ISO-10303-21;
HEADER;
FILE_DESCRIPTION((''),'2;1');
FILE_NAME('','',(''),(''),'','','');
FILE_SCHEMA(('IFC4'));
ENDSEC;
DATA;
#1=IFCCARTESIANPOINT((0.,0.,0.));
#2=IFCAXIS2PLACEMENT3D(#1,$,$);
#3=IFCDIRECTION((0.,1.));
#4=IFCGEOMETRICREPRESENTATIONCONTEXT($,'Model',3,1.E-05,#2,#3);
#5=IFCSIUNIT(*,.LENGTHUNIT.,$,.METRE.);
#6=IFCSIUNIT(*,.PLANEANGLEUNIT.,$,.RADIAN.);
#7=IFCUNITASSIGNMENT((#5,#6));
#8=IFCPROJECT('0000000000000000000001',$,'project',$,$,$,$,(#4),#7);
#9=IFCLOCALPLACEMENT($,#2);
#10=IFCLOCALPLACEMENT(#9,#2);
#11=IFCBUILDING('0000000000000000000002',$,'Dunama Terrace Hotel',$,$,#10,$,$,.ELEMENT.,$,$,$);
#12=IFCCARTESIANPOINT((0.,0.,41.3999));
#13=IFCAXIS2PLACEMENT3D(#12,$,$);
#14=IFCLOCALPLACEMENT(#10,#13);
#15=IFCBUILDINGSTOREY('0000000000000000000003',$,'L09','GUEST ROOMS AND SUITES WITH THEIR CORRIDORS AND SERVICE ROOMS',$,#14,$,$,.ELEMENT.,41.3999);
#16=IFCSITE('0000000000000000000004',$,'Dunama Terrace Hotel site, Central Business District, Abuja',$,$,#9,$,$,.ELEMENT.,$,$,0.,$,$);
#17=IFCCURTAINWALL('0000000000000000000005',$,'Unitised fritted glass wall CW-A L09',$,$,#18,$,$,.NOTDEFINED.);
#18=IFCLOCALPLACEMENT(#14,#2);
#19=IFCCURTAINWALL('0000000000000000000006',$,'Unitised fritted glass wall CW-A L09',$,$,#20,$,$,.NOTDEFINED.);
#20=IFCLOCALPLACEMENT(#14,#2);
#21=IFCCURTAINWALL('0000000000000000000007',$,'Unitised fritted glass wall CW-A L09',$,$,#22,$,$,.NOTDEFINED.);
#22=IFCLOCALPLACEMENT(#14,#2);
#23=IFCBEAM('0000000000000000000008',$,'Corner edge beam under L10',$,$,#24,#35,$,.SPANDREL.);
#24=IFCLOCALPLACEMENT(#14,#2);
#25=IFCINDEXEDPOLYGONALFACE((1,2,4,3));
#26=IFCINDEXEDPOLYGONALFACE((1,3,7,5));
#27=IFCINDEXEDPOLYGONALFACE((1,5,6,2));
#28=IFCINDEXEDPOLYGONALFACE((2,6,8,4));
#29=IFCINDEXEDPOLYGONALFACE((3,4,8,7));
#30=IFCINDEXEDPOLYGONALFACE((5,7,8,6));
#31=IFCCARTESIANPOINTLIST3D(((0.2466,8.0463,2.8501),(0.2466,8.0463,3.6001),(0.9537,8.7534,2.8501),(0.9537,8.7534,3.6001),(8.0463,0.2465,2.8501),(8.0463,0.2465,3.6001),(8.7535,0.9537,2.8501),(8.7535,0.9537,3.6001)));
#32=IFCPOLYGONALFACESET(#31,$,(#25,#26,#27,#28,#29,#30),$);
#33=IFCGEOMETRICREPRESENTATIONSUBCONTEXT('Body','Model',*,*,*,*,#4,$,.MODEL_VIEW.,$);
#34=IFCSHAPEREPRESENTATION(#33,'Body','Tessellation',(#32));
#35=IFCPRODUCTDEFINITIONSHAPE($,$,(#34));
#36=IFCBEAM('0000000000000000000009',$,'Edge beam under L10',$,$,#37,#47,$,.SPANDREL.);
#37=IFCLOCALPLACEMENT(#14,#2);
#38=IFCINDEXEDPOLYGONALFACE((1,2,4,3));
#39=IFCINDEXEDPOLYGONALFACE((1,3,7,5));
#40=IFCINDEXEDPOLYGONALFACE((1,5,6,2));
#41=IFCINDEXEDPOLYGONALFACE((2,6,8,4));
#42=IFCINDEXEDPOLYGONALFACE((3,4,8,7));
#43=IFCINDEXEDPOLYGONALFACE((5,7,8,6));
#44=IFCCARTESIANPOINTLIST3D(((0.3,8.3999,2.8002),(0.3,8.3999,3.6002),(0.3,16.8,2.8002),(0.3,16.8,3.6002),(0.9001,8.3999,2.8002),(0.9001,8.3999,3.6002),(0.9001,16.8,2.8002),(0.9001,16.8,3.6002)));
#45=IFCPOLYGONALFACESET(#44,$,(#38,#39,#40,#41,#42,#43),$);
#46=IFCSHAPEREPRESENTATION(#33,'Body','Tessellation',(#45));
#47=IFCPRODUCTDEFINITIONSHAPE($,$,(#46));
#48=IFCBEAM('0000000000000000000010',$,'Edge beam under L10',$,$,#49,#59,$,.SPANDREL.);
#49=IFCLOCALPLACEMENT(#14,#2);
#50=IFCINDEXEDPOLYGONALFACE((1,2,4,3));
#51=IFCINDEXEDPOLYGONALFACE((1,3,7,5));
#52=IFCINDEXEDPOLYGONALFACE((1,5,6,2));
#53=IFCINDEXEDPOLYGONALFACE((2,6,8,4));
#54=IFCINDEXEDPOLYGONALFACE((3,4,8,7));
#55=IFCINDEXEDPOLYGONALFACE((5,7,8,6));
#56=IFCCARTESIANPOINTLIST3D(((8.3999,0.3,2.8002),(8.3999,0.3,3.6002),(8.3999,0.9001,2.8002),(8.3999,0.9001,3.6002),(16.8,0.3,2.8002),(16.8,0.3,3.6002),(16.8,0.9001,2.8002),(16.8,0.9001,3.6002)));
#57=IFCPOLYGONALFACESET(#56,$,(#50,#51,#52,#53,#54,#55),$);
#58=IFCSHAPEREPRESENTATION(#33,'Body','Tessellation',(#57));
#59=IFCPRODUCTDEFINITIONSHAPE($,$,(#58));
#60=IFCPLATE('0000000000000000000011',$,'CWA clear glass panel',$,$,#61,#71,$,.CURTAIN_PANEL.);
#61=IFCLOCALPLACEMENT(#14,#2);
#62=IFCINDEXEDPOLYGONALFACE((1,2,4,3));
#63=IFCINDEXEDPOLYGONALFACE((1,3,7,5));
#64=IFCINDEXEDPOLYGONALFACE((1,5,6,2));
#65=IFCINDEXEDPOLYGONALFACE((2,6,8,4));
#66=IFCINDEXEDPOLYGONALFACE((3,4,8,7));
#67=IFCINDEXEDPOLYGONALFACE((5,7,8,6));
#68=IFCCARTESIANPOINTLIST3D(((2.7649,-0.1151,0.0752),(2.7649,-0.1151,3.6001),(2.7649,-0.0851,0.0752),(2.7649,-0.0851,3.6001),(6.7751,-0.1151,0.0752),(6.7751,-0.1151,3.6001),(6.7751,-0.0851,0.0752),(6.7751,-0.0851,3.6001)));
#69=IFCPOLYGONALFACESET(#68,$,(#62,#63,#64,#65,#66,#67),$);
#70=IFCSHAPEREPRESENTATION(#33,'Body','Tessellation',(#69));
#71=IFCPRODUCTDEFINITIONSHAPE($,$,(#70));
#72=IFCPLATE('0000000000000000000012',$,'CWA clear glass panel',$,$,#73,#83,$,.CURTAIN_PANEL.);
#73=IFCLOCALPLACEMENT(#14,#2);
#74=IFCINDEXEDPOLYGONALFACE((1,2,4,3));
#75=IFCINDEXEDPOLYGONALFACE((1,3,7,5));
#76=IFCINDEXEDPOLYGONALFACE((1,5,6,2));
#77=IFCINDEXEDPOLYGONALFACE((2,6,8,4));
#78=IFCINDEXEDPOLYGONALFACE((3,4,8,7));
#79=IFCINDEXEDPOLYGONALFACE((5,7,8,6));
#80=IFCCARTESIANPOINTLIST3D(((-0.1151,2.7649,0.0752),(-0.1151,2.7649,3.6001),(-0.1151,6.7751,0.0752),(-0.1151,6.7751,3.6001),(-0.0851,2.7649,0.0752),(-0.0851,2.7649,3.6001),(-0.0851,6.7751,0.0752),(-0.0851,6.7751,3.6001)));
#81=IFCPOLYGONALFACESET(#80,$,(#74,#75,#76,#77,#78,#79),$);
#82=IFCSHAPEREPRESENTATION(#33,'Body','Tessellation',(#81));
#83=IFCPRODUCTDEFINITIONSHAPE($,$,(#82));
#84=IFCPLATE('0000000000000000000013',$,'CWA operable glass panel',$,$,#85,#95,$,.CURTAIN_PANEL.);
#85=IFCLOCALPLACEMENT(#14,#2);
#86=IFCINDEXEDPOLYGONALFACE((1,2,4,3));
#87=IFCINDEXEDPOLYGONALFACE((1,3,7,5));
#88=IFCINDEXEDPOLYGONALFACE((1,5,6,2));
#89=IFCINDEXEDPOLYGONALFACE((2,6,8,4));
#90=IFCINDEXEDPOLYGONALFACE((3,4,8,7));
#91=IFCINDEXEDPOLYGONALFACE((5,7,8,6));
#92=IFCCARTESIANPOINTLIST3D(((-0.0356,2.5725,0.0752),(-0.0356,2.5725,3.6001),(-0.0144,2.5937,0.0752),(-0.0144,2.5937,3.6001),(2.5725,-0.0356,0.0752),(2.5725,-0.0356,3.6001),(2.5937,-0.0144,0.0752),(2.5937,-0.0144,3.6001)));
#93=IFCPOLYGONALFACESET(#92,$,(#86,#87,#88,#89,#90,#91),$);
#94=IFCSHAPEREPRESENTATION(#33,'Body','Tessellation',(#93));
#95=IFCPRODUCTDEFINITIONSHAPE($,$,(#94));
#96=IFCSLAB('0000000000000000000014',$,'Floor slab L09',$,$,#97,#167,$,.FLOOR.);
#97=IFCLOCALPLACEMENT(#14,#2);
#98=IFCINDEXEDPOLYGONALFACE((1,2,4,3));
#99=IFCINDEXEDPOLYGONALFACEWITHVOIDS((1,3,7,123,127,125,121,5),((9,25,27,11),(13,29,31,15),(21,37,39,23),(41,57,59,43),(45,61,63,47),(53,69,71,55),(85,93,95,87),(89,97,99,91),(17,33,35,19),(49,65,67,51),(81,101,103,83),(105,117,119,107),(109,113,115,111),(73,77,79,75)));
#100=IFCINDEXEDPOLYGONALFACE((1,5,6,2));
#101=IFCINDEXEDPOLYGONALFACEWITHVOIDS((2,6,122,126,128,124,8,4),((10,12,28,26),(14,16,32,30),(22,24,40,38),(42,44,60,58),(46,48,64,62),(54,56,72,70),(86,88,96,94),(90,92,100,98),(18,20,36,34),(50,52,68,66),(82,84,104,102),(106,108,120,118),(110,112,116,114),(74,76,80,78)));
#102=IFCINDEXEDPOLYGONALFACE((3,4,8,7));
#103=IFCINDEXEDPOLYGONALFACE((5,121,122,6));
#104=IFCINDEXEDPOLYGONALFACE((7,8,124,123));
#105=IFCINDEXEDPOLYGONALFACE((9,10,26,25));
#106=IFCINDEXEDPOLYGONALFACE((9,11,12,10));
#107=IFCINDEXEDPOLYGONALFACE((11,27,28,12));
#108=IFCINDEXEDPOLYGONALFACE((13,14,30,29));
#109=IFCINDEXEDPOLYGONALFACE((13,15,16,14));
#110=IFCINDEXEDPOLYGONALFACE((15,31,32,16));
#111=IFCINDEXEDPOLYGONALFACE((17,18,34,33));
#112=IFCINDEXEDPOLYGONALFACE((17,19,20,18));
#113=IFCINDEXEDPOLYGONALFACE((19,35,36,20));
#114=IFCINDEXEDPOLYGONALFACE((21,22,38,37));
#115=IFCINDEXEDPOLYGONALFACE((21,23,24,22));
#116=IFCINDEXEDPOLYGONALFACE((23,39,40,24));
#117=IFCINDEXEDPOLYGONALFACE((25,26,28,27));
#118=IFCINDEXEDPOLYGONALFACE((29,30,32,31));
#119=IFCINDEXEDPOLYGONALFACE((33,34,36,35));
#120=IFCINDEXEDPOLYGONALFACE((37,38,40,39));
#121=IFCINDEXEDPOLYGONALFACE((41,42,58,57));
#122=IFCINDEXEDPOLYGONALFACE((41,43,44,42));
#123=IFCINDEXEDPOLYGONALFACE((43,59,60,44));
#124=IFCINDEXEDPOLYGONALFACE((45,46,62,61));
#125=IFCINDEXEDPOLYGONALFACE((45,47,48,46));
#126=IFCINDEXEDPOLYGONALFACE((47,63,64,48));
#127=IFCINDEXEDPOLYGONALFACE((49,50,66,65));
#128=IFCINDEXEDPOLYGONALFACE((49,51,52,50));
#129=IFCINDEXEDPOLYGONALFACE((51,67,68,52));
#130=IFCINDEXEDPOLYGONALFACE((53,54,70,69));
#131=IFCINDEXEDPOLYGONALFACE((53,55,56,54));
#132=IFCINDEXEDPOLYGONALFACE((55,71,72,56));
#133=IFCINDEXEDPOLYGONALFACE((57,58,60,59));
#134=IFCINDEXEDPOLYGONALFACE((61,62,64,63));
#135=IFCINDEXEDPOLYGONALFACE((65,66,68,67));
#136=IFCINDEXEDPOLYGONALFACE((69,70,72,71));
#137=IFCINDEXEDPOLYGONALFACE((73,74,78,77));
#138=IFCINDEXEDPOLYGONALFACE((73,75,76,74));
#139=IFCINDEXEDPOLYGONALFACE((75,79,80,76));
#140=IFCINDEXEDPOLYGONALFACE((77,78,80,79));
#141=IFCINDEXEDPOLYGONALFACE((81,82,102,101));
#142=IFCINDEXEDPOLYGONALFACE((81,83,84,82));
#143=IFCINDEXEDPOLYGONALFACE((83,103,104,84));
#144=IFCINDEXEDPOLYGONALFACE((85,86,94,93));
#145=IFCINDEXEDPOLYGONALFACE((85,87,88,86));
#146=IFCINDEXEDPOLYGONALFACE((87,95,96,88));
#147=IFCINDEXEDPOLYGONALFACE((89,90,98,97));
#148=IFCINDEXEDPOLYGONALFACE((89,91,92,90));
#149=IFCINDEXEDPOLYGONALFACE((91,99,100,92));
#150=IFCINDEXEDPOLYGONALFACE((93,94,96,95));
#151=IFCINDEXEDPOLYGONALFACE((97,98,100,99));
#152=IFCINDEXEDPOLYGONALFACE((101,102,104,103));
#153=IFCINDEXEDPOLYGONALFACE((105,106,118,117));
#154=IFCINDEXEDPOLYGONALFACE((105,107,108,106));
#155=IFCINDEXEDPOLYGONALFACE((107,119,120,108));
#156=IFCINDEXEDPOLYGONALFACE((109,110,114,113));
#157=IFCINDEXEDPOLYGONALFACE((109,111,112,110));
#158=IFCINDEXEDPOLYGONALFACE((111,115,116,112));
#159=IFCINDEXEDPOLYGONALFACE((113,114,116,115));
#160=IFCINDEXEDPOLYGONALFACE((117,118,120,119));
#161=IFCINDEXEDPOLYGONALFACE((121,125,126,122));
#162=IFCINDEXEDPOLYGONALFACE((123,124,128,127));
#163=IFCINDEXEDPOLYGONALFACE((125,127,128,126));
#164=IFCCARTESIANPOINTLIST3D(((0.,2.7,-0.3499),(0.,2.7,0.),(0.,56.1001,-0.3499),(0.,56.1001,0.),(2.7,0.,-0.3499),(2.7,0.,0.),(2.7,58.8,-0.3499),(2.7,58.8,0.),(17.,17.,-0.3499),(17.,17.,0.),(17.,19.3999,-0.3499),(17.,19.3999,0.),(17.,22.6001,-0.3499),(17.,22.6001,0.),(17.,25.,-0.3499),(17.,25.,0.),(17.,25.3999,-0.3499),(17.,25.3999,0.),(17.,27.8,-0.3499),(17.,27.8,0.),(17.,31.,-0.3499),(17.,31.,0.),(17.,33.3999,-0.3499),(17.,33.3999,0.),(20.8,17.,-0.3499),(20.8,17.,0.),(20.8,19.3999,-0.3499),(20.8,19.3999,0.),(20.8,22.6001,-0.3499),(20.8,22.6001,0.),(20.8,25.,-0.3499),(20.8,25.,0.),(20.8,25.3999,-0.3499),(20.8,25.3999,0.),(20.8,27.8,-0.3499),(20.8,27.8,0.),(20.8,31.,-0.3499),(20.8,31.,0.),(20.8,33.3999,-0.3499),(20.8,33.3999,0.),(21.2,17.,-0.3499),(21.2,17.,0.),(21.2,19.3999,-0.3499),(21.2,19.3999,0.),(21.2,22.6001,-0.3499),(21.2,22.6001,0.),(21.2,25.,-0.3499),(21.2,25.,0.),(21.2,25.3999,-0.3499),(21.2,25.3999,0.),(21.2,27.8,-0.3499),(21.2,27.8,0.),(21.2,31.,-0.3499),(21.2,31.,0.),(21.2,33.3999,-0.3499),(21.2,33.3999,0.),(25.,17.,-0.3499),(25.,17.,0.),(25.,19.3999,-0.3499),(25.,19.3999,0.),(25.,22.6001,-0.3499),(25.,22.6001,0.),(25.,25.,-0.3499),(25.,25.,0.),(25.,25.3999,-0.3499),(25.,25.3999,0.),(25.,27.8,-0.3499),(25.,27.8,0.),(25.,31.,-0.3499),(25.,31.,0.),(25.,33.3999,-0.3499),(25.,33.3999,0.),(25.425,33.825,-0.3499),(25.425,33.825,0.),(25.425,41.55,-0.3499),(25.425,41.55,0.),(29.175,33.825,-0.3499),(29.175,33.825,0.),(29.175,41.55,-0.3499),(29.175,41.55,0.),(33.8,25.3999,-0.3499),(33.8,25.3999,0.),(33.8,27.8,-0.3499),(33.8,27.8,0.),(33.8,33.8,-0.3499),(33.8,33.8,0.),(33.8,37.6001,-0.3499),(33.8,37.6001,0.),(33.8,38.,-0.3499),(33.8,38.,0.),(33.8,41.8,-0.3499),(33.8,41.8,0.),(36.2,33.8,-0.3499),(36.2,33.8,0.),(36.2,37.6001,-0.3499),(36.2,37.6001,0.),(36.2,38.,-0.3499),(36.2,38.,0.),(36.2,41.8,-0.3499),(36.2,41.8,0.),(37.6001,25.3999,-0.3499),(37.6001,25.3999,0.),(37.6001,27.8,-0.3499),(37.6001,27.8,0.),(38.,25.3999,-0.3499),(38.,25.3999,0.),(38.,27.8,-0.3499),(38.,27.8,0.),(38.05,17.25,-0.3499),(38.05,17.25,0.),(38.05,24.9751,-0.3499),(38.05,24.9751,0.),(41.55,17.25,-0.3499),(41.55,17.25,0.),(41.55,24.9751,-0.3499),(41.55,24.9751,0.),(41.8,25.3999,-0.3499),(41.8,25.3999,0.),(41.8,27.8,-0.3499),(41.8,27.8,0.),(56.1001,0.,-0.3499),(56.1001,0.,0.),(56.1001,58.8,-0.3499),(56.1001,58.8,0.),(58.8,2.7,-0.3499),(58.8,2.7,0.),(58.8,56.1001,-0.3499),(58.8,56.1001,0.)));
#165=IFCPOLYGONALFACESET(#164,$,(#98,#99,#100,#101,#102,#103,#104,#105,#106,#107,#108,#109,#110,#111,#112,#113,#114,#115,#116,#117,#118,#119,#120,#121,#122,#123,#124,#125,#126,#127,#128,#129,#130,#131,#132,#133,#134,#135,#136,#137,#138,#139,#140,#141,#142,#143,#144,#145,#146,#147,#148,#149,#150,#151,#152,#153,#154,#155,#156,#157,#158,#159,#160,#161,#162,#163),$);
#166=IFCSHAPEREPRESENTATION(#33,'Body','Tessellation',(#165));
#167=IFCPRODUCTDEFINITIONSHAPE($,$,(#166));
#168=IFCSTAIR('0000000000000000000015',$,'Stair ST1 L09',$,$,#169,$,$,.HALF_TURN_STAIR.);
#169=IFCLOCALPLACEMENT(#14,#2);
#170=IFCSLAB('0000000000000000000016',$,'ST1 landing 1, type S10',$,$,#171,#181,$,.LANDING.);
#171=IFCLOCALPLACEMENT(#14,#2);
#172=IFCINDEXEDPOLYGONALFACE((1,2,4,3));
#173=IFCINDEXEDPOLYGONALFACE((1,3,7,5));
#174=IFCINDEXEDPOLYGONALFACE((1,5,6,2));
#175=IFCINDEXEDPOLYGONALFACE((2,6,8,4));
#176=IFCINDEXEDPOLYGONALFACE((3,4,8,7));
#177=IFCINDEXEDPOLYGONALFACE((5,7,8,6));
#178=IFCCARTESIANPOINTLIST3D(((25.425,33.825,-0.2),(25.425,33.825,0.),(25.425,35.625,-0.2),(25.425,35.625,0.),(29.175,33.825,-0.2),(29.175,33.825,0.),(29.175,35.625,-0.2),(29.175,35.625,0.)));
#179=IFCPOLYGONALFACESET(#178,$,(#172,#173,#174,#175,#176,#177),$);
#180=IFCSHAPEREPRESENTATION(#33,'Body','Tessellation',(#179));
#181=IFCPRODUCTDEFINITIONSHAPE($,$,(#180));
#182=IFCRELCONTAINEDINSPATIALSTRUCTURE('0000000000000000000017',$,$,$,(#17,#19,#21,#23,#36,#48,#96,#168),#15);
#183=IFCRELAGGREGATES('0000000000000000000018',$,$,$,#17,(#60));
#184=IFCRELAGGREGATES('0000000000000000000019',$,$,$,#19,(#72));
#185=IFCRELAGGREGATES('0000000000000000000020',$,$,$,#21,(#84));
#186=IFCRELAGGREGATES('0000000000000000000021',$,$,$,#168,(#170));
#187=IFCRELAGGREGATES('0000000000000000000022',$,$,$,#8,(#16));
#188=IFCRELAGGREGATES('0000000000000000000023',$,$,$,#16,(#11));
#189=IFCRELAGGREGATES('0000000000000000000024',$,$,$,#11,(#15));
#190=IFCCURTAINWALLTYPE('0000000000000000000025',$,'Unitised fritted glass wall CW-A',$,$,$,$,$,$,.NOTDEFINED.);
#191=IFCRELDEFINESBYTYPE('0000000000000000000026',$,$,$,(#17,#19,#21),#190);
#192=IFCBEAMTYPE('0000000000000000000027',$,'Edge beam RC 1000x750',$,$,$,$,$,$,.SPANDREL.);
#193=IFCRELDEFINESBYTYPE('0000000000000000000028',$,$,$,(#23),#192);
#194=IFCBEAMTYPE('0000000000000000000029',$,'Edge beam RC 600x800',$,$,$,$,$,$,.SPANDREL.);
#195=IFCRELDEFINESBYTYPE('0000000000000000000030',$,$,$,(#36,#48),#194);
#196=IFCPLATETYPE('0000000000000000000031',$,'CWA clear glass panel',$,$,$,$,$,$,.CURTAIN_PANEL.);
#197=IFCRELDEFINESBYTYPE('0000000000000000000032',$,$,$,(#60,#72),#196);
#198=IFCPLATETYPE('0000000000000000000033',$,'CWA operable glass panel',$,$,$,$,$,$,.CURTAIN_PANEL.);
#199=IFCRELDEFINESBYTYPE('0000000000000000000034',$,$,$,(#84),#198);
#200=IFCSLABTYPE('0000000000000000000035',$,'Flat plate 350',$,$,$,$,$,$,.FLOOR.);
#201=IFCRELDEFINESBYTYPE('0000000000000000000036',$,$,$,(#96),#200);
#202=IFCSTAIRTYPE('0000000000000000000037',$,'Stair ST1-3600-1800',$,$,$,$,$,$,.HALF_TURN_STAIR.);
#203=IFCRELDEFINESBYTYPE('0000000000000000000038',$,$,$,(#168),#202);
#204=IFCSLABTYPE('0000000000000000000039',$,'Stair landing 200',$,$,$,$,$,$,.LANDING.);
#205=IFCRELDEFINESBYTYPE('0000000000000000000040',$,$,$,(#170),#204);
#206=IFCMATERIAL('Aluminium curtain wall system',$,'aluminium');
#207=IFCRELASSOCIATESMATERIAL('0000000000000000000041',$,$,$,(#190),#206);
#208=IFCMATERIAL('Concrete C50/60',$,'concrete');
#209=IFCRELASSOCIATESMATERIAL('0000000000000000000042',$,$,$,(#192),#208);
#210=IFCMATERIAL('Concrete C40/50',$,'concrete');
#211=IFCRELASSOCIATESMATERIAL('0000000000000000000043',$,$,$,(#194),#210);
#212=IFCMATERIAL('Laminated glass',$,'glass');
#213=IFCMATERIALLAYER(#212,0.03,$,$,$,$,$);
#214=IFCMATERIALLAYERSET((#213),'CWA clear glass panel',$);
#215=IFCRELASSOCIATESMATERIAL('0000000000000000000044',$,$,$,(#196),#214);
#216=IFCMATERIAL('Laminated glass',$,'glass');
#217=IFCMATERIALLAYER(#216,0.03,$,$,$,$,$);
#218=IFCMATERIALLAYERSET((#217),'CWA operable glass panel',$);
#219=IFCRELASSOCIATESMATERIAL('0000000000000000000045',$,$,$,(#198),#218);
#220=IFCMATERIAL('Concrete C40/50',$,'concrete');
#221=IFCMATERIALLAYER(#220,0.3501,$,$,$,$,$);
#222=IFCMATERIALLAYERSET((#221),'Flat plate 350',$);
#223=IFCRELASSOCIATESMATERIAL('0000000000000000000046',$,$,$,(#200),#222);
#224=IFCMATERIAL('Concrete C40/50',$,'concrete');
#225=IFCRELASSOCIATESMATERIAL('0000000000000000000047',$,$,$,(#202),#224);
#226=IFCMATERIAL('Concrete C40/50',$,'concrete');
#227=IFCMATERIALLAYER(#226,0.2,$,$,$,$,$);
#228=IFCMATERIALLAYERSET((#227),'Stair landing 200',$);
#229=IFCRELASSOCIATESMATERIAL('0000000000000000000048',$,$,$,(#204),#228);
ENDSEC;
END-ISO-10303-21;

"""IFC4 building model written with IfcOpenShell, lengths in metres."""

from ifc_helpers import new_model, si_unit, direction, frame, origin, origin_2d, place, context, subcontext, project, spatial, polyline, rectangle, outline, extrude, material, layer, layer_set, material_profile, profile_set, type_object, element, aggregate, save


model = new_model("IFC4")

# Units and contexts
model_context = context("Model", 3, precision=1e-05, world=origin(), true_north=direction((0.0, 1.0)))
body_context = subcontext(model_context, "Body", "Model", "MODEL_VIEW")
ifc_project = project(units=[si_unit("LENGTHUNIT", "METRE"), si_unit("PLANEANGLEUNIT", "RADIAN")], contexts=[model_context])

# Site, building, storey
site_placement = place(None, origin())
site = spatial("IfcSite", under=ifc_project, at=site_placement, Name="Dunama Terrace Hotel site, Central Business District, Abuja", CompositionType="ELEMENT", RefElevation=0.0)
building_placement = place(site_placement, origin())
building = spatial("IfcBuilding", under=site, at=building_placement, Name="Dunama Terrace Hotel", CompositionType="ELEMENT")
storey_placement = place(building_placement, frame((0.0, 0.0, 41.3999)))
storey = spatial("IfcBuildingStorey", under=building, at=storey_placement, Name="L09", Description="GUEST ROOMS AND SUITES WITH THEIR CORRIDORS AND SERVICE ROOMS", CompositionType="ELEMENT", Elevation=41.3999)

# Curtain walls
ifc_material_1 = material(Name="Aluminium curtain wall system", Category="aluminium")
curtain_wall_type = type_object("IfcCurtainWallType", Name="Unitised fritted glass wall CW-A", PredefinedType="NOTDEFINED", material=ifc_material_1)
curtain_wall_1_placement = place(storey_placement, origin())
curtain_wall_1 = element("IfcCurtainWall", 1, at=curtain_wall_1_placement, inside=storey, type_object=curtain_wall_type, Name="Unitised fritted glass wall CW-A L09", PredefinedType="NOTDEFINED")
curtain_wall_2_placement = place(storey_placement, origin())
curtain_wall_2 = element("IfcCurtainWall", 2, at=curtain_wall_2_placement, inside=storey, type_object=curtain_wall_type, Name="Unitised fritted glass wall CW-A L09", PredefinedType="NOTDEFINED")
curtain_wall_3_placement = place(storey_placement, origin())
curtain_wall_3 = element("IfcCurtainWall", 3, at=curtain_wall_3_placement, inside=storey, type_object=curtain_wall_type, Name="Unitised fritted glass wall CW-A L09", PredefinedType="NOTDEFINED")

# Beams
ifc_material_2 = material(Name="Concrete C50/60", Category="concrete")
ifc_material_profile_1 = material_profile(ifc_material_2, rectangle(XDim=1.0, YDim=0.75, at=origin_2d()), Name="RC 1000x750")
ifc_profile_set_1 = profile_set([ifc_material_profile_1], Name="Concrete C50/60")
beam_type_1 = type_object("IfcBeamType", Name="Edge beam RC 1000x750", PredefinedType="SPANDREL", material=ifc_profile_set_1)
beam_placement = place(storey_placement, frame((8.3999, 0.6001, 3.2251), z_axis=(-0.707107, 0.707107, 0.0), x_axis=(-0.707107, -0.707107, 0.0)))
element("IfcBeam", 4, at=beam_placement, inside=storey, type_object=beam_type_1, Name="Corner edge beam under L10", PredefinedType="SPANDREL", context=body_context, shape_type="SweptSolid", body=[
    extrude(rectangle(XDim=1.0, YDim=0.75, at=origin_2d()), origin(), (0.0, 0.0, 1.0), 11.0305),
])
ifc_material_3 = material(Name="Concrete C40/50", Category="concrete")
ifc_material_profile_2 = material_profile(ifc_material_3, rectangle(XDim=0.6001, YDim=0.8, at=origin_2d()), Name="RC 600x800")
ifc_profile_set_2 = profile_set([ifc_material_profile_2], Name="Concrete C40/50")
beam_type_2 = type_object("IfcBeamType", Name="Edge beam RC 600x800", PredefinedType="SPANDREL", material=ifc_profile_set_2)
for number, where, z_axis, x_axis, name in (
    (5, (0.6001, 8.3999, 3.2002), (0.0, 1.0, 0.0), (-1.0, 0.0, 0.0), "Edge beam under L10"),
    (6, (8.3999, 0.6001, 3.2002), (1.0, 0.0, 0.0), (0.0, 1.0, 0.0), "Edge beam under L10"),
):
    element("IfcBeam", number, at=place(storey_placement, frame(where, z_axis=z_axis, x_axis=x_axis)), inside=storey, type_object=beam_type_2, Name=name, PredefinedType="SPANDREL", context=body_context, shape_type="SweptSolid", body=[
        extrude(rectangle(XDim=0.6001, YDim=0.8, at=origin_2d()), origin(), (0.0, 0.0, 1.0), 8.4001),
    ])

# Plates
ifc_material_4 = material(Name="Laminated glass", Category="glass")
ifc_layer_1 = layer(ifc_material_4, 0.03)
ifc_layer_set_1 = layer_set([ifc_layer_1], Name="CWA clear glass panel")
plate_type_1 = type_object("IfcPlateType", Name="CWA clear glass panel", PredefinedType="CURTAIN_PANEL", material=ifc_layer_set_1)
plate_1_placement = place(storey_placement, frame((4.77, -0.1001, 0.0752), z_axis=(0.0, 0.0, 1.0), x_axis=(1.0, 0.0, 0.0)))
plate_1 = element("IfcPlate", 7, at=plate_1_placement, type_object=plate_type_1, Name="CWA clear glass panel", PredefinedType="CURTAIN_PANEL", context=body_context, shape_type="SweptSolid", body=[
    extrude(rectangle(XDim=4.0103, YDim=0.03, at=origin_2d()), origin(), (0.0, 0.0, 1.0), 3.5249),
])
aggregate(curtain_wall_1, [plate_1])
plate_2_placement = place(storey_placement, frame((-0.1001, 4.77, 0.0752), z_axis=(0.0, 0.0, 1.0), x_axis=(0.0, -1.0, 0.0)))
plate_2 = element("IfcPlate", 8, at=plate_2_placement, type_object=plate_type_1, Name="CWA clear glass panel", PredefinedType="CURTAIN_PANEL", context=body_context, shape_type="SweptSolid", body=[
    extrude(rectangle(XDim=4.0103, YDim=0.03, at=origin_2d()), origin(), (0.0, 0.0, 1.0), 3.5249),
])
aggregate(curtain_wall_2, [plate_2])
ifc_material_5 = material(Name="Laminated glass", Category="glass")
ifc_layer_2 = layer(ifc_material_5, 0.03)
ifc_layer_set_2 = layer_set([ifc_layer_2], Name="CWA operable glass panel")
plate_type_2 = type_object("IfcPlateType", Name="CWA operable glass panel", PredefinedType="CURTAIN_PANEL", material=ifc_layer_set_2)
plate_3_placement = place(storey_placement, frame((1.2791, 1.2791, 0.0752), z_axis=(0.0, 0.0, 1.0), x_axis=(0.707107, -0.707107, 0.0)))
plate_3 = element("IfcPlate", 9, at=plate_3_placement, type_object=plate_type_2, Name="CWA operable glass panel", PredefinedType="CURTAIN_PANEL", context=body_context, shape_type="SweptSolid", body=[
    extrude(rectangle(XDim=3.6885, YDim=0.03, at=origin_2d()), origin(), (0.0, 0.0, 1.0), 3.5249),
])
aggregate(curtain_wall_3, [plate_3])

# Slab
ifc_material_6 = material(Name="Concrete C40/50", Category="concrete")
ifc_layer_3 = layer(ifc_material_6, 0.3501)
ifc_layer_set_3 = layer_set([ifc_layer_3], Name="Flat plate 350")
slab_type_1 = type_object("IfcSlabType", Name="Flat plate 350", PredefinedType="FLOOR", material=ifc_layer_set_3)
slab_1_placement = place(storey_placement, frame((0.0, 0.0, -0.3499)))
element("IfcSlab", 10, at=slab_1_placement, inside=storey, type_object=slab_type_1, Name="Floor slab L09", PredefinedType="FLOOR", context=body_context, shape_type="SweptSolid", body=[
    extrude(outline(polyline([(2.7, 0.0), (56.1001, 0.0), (58.8, 2.7), (58.8, 56.1001), (56.1001, 58.8), (2.7, 58.8), (0.0, 56.1001), (0.0, 2.7), (2.7, 0.0)]), holes=[polyline([(20.8, 25.3999), (20.8, 27.8), (17.0, 27.8), (17.0, 25.3999), (20.8, 25.3999)]), polyline([(25.0, 25.3999), (25.0, 27.8), (21.2, 27.8), (21.2, 25.3999), (25.0, 25.3999)]), polyline([(20.8, 31.0), (20.8, 33.3999), (17.0, 33.3999), (17.0, 31.0), (20.8, 31.0)]), polyline([(25.0, 31.0), (25.0, 33.3999), (21.2, 33.3999), (21.2, 31.0), (25.0, 31.0)]), polyline([(37.6001, 25.3999), (37.6001, 27.8), (33.8, 27.8), (33.8, 25.3999), (37.6001, 25.3999)]), polyline([(41.8, 25.3999), (41.8, 27.8), (38.0, 27.8), (38.0, 25.3999), (41.8, 25.3999)]), polyline([(20.8, 17.0), (20.8, 19.3999), (17.0, 19.3999), (17.0, 17.0), (20.8, 17.0)]), polyline([(25.0, 17.0), (25.0, 19.3999), (21.2, 19.3999), (21.2, 17.0), (25.0, 17.0)]), polyline([(20.8, 22.6001), (20.8, 25.0), (17.0, 25.0), (17.0, 22.6001), (20.8, 22.6001)]), polyline([(25.0, 22.6001), (25.0, 25.0), (21.2, 25.0), (21.2, 22.6001), (25.0, 22.6001)]), polyline([(36.2, 38.0), (36.2, 41.8), (33.8, 41.8), (33.8, 38.0), (36.2, 38.0)]), polyline([(36.2, 33.8), (36.2, 37.6001), (33.8, 37.6001), (33.8, 33.8), (36.2, 33.8)]), polyline([(29.175, 33.825), (29.175, 41.55), (25.425, 41.55), (25.425, 33.825), (29.175, 33.825)]), polyline([(41.55, 17.25), (41.55, 24.9751), (38.05, 24.9751), (38.05, 17.25), (41.55, 17.25)])]), origin(), (0.0, 0.0, 1.0), 0.3499),
])

# Stair, slab
ifc_material_7 = material(Name="Concrete C40/50", Category="concrete")
stair_type_1 = type_object("IfcStairType", Name="Stair ST1-3600-1800", PredefinedType="HALF_TURN_STAIR", material=ifc_material_7)
stair_1_placement = place(storey_placement, origin())
stair_1 = element("IfcStair", 11, at=stair_1_placement, inside=storey, type_object=stair_type_1, Name="Stair ST1 L09", PredefinedType="HALF_TURN_STAIR")
ifc_material_8 = material(Name="Concrete C40/50", Category="concrete")
ifc_layer_4 = layer(ifc_material_8, 0.2)
ifc_layer_set_4 = layer_set([ifc_layer_4], Name="Stair landing 200")
slab_type_2 = type_object("IfcSlabType", Name="Stair landing 200", PredefinedType="LANDING", material=ifc_layer_set_4)
slab_2_placement = place(storey_placement, frame((0.0, 0.0, -0.2)))
slab_2 = element("IfcSlab", 12, at=slab_2_placement, type_object=slab_type_2, Name="ST1 landing 1, type S10", PredefinedType="LANDING", context=body_context, shape_type="SweptSolid", body=[
    extrude(outline(polyline([(25.425, 33.825), (29.175, 33.825), (29.175, 35.625), (25.425, 35.625), (25.425, 33.825)])), origin(), (0.0, 0.0, 1.0), 0.2),
])
aggregate(stair_1, [slab_2])

save(model, "model.ifc")
